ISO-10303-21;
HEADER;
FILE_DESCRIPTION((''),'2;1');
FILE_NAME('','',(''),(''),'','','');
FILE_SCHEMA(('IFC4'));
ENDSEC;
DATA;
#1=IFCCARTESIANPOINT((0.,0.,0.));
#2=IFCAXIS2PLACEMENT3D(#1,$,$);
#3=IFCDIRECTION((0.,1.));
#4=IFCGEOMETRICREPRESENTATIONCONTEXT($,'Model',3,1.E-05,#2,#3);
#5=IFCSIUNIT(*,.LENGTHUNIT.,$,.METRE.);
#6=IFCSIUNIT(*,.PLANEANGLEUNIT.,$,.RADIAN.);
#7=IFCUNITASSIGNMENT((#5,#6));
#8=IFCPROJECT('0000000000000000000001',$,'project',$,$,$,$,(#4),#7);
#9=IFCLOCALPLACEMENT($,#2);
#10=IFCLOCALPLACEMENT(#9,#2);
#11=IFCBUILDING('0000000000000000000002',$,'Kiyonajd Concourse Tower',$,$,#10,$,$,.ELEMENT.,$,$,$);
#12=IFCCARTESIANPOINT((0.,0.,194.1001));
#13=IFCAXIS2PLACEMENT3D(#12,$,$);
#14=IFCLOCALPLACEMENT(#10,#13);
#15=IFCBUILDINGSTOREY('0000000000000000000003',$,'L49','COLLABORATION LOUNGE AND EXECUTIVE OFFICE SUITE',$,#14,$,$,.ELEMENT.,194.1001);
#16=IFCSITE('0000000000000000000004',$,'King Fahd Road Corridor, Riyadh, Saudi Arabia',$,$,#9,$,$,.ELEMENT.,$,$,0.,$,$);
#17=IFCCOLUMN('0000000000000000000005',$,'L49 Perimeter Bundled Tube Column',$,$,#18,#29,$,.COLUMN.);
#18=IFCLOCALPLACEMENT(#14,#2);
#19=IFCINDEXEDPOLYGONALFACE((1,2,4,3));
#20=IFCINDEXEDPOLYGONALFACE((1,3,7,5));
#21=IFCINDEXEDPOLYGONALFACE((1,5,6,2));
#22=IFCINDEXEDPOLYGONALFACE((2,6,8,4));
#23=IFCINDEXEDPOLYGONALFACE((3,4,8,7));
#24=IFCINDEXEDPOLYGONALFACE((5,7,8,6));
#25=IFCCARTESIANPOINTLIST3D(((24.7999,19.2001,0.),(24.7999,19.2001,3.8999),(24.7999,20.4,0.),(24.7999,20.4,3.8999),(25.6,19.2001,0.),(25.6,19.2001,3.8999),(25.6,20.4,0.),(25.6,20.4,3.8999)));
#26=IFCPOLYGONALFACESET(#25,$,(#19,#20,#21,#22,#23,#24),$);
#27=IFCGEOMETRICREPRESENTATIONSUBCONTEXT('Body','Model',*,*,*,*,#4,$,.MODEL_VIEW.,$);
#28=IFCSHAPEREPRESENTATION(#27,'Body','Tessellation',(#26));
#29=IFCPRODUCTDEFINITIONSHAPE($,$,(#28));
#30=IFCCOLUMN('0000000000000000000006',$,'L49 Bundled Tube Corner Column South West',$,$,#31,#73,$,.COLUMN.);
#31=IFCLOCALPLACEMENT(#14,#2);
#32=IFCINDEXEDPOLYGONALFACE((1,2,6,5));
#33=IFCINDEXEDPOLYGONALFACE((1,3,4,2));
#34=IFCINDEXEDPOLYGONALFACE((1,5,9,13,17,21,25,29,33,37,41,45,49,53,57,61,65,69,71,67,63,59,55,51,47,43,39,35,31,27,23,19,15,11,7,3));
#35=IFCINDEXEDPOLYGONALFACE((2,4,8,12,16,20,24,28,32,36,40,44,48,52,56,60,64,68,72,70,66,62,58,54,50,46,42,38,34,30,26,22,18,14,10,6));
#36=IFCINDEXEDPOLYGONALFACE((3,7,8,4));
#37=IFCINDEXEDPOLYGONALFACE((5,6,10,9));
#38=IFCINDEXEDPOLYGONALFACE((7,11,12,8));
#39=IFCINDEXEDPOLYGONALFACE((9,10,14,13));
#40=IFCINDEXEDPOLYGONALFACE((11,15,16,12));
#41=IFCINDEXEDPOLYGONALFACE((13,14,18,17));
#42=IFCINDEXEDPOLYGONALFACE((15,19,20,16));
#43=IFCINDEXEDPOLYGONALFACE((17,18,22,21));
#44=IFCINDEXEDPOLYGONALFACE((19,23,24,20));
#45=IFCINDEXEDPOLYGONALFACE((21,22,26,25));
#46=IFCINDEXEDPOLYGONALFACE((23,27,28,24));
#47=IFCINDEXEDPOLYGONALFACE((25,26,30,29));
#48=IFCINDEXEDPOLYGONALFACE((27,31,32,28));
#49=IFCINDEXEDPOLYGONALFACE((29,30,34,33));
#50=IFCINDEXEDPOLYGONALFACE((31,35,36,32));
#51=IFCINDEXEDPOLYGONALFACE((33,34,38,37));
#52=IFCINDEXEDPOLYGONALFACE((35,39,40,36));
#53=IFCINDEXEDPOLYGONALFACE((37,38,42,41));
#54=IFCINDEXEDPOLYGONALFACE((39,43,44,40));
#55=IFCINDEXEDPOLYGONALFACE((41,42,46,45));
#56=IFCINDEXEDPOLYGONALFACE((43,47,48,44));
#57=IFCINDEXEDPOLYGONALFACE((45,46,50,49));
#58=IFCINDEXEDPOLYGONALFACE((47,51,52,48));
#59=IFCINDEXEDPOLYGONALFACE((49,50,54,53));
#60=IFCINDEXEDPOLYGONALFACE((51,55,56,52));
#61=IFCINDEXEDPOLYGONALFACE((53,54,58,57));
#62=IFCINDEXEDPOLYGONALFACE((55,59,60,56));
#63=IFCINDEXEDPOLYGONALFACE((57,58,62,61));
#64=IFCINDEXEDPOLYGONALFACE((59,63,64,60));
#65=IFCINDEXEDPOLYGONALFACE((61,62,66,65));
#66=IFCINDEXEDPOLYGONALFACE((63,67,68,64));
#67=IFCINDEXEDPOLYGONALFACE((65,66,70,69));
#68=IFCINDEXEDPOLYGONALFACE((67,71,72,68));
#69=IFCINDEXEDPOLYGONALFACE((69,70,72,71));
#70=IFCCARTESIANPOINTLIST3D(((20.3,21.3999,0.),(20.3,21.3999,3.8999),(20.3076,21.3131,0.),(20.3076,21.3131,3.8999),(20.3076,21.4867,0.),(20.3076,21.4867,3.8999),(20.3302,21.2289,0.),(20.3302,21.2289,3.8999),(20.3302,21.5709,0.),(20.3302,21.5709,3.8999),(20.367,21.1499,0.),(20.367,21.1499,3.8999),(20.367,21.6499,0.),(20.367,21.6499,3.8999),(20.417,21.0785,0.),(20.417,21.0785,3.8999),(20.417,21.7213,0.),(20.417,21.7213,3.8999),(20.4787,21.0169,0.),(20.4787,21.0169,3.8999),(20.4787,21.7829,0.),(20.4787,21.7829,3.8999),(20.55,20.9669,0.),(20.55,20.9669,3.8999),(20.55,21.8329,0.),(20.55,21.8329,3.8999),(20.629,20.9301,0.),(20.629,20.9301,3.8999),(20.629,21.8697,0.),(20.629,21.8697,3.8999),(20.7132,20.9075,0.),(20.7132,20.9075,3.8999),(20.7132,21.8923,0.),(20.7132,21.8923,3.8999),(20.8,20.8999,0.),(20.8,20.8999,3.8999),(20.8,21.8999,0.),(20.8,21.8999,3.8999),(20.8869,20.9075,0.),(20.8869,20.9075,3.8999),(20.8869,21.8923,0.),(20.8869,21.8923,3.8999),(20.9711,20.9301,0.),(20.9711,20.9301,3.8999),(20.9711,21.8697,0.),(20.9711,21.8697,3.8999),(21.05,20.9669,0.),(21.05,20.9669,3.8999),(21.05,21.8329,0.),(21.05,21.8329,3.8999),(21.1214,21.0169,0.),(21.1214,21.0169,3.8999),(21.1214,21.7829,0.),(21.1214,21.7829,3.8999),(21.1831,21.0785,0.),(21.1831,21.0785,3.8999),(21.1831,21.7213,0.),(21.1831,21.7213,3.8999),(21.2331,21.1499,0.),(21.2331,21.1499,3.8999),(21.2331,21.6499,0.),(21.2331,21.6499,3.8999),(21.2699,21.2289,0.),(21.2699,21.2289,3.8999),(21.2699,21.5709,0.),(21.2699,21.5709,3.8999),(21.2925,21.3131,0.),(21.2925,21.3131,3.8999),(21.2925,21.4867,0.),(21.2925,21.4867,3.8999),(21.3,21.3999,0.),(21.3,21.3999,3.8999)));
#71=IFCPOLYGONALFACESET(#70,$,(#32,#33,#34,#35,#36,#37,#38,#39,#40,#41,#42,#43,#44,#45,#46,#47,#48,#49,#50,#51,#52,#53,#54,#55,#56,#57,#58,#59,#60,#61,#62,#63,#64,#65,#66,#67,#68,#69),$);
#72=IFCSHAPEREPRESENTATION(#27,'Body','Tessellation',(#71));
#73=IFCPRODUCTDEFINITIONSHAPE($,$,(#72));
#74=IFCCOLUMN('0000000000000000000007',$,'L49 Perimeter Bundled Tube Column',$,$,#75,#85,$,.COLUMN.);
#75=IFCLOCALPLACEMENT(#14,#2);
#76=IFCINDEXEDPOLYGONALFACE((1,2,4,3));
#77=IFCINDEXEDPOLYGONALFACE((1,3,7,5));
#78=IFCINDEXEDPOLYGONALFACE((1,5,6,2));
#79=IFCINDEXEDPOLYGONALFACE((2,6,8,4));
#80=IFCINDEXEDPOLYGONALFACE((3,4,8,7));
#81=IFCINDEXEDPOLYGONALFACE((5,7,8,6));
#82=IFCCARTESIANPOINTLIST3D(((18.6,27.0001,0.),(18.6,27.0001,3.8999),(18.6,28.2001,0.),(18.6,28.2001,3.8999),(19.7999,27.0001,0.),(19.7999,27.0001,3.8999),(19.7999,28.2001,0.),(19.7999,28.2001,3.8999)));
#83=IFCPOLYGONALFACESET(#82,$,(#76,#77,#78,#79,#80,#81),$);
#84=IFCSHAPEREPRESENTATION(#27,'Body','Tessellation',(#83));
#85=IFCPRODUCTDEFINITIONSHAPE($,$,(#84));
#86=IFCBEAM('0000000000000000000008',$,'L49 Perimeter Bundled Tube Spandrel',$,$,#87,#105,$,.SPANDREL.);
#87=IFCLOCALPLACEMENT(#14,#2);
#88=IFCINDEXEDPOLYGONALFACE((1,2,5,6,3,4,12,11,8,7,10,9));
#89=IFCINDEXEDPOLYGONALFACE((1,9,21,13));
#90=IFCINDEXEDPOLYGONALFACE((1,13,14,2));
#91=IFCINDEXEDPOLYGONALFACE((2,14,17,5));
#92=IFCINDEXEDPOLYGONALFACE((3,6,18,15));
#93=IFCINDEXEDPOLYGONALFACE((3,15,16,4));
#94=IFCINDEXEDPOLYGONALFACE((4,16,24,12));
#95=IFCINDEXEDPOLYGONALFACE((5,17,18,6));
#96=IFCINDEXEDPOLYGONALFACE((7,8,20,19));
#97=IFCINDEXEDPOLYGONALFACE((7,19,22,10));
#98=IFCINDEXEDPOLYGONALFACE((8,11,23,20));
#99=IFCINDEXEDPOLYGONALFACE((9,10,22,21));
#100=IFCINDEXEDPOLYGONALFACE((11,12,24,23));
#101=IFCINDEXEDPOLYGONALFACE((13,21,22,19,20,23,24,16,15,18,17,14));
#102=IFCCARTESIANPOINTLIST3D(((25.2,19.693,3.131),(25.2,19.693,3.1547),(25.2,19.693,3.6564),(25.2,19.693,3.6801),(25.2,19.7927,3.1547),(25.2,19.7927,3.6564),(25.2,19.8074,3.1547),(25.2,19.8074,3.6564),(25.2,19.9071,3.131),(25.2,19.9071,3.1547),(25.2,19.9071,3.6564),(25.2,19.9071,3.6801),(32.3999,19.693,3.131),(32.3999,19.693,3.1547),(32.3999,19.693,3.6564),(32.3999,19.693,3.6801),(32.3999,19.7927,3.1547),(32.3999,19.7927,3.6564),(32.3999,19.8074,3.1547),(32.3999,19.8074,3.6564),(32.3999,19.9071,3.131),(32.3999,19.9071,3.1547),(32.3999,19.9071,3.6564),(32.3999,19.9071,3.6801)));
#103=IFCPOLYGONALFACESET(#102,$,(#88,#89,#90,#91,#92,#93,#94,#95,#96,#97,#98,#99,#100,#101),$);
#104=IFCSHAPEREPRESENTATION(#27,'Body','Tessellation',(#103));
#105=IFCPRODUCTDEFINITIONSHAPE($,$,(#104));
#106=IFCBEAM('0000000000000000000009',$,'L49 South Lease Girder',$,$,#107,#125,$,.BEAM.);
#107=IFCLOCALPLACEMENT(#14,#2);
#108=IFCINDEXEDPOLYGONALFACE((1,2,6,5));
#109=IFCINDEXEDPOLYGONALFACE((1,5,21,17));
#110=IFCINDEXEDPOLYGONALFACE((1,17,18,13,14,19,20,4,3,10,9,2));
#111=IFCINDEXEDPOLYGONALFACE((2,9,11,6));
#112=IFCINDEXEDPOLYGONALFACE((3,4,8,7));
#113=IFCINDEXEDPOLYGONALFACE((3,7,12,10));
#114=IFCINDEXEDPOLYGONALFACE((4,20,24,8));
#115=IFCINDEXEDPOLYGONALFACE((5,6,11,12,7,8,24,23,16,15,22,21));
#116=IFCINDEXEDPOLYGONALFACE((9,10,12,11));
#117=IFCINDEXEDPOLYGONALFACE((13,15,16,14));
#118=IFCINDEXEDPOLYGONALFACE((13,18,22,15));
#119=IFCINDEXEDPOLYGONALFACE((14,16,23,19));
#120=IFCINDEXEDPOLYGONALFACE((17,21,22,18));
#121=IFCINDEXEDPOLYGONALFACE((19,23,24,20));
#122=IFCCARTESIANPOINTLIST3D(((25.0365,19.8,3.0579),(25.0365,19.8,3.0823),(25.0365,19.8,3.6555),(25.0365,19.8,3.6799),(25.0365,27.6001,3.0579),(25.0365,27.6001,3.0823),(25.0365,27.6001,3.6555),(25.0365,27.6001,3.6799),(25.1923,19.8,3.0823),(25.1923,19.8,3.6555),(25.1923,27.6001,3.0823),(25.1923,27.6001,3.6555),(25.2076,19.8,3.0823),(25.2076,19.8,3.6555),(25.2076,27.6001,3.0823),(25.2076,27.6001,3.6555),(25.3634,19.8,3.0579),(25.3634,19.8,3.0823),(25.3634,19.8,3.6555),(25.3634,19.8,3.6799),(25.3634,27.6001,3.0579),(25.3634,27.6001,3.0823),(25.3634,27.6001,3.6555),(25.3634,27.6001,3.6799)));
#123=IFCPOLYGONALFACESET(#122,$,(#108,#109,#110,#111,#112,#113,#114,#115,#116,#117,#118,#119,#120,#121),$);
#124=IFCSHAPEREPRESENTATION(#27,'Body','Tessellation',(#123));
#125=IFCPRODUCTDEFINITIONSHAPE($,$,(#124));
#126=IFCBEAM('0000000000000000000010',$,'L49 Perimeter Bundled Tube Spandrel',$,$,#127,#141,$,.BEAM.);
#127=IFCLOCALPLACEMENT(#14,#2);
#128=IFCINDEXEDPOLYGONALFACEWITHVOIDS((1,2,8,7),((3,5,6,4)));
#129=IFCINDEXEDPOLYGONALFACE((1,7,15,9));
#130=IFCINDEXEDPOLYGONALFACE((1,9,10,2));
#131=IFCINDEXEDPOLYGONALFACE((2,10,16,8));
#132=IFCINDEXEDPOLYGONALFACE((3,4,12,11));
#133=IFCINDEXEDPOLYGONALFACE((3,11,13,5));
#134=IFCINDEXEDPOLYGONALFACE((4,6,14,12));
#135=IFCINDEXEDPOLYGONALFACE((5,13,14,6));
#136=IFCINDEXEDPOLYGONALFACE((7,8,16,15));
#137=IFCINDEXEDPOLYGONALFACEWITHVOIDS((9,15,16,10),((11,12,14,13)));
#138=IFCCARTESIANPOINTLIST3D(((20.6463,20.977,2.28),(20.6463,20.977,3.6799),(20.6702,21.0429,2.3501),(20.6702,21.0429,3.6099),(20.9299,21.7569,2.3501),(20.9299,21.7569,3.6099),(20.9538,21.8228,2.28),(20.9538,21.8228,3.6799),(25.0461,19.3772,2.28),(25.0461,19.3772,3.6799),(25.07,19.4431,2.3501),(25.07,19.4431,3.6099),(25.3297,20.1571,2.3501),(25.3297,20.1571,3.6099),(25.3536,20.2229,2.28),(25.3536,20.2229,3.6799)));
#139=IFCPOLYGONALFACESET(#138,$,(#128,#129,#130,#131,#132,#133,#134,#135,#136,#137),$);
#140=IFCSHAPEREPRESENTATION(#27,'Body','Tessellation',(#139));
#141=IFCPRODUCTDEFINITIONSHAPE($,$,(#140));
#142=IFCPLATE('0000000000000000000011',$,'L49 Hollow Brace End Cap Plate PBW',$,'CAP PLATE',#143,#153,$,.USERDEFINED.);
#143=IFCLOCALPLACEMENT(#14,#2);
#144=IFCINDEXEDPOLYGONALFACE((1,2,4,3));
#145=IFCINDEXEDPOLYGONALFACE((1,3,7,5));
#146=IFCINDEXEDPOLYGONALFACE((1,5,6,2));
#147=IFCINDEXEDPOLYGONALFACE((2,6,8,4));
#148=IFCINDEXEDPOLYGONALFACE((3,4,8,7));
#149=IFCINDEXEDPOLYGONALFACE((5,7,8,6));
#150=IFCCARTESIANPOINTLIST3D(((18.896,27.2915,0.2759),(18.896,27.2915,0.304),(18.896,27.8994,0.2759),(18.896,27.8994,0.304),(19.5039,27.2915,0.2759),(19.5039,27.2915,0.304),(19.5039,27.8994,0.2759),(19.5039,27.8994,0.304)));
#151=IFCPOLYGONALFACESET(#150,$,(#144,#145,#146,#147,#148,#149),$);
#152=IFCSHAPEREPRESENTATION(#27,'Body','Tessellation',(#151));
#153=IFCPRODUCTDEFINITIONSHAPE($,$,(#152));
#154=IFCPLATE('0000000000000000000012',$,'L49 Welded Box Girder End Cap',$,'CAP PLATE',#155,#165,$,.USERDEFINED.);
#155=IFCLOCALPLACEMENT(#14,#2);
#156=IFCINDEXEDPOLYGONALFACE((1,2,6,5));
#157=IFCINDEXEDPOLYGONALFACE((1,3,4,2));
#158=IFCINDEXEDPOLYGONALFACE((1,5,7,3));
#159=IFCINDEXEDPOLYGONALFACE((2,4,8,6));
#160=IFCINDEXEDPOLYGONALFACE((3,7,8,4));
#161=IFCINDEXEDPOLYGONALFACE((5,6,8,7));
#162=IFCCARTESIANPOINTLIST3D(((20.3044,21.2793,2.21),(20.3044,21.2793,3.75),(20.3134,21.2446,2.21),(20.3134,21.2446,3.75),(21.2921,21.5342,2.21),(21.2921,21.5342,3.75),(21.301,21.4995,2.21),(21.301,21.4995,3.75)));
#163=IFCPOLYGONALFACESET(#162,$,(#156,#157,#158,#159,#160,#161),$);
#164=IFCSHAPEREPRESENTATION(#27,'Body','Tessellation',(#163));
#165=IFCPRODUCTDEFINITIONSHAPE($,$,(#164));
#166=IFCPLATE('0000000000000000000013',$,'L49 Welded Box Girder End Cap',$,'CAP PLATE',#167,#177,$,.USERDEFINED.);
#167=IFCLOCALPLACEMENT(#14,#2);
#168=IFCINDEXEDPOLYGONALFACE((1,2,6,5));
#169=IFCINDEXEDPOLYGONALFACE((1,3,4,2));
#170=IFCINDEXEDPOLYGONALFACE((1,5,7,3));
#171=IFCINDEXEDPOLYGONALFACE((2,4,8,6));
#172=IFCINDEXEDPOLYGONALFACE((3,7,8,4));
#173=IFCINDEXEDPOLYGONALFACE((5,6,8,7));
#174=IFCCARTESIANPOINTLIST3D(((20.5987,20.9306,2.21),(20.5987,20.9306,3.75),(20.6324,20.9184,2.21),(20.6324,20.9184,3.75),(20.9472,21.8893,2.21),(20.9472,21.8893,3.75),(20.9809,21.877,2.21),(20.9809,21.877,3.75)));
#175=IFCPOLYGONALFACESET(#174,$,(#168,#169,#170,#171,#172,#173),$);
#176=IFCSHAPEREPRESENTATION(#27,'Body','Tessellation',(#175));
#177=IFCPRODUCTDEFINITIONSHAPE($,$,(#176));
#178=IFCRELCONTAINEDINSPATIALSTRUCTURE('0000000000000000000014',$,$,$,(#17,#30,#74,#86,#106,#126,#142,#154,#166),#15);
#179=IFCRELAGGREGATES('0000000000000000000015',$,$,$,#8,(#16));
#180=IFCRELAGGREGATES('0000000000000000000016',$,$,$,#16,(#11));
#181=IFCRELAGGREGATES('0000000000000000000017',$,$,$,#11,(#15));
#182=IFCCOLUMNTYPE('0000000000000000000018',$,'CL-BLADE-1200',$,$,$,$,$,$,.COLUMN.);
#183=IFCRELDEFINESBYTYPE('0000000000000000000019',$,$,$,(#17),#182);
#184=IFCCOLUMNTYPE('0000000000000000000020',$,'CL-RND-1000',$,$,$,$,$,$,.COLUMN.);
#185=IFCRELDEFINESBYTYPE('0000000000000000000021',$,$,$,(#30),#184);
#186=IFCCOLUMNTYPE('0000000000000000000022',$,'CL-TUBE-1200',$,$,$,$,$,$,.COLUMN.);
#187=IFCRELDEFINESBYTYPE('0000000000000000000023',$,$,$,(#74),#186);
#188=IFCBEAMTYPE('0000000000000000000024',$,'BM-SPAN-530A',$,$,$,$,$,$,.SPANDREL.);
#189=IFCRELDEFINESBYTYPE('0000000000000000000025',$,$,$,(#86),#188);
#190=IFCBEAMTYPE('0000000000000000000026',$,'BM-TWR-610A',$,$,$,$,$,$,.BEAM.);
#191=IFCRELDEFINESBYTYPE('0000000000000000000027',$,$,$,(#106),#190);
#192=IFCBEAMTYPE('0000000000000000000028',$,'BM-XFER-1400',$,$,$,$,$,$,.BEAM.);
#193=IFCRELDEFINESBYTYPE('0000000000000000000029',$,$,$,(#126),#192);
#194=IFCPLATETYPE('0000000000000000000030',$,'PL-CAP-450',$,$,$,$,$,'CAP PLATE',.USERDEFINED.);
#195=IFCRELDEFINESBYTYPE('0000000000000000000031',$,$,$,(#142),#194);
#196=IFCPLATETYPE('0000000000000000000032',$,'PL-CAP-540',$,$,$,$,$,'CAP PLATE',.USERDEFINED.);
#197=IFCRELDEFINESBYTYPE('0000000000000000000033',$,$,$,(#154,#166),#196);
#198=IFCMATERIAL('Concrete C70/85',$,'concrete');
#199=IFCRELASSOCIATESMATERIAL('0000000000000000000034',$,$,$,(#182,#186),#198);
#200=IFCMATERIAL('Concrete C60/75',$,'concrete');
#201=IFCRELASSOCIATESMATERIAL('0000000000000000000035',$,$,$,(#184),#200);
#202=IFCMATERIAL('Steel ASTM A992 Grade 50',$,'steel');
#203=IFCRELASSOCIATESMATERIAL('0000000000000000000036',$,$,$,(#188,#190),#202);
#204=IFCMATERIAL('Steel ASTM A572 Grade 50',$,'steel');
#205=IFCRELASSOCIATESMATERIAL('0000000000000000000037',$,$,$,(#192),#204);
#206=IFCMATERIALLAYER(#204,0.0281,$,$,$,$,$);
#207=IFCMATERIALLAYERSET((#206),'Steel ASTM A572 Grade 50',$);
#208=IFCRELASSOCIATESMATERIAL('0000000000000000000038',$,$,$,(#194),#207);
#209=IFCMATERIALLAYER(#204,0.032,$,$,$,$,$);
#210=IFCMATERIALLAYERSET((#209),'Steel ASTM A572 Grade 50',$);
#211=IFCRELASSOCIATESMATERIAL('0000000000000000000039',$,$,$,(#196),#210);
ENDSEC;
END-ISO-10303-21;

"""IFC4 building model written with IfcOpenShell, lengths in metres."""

from ifc_helpers import new_model, si_unit, direction, frame, origin, origin_2d, place, context, subcontext, project, spatial, rectangle, hollow_rectangle, circle, i_section, extrude, material, layer, layer_set, material_profile, profile_set, type_object, element, save


model = new_model("IFC4")

# Units and contexts
model_context = context("Model", 3, precision=1e-05, world=origin(), true_north=direction((0.0, 1.0)))
body_context = subcontext(model_context, "Body", "Model", "MODEL_VIEW")
ifc_project = project(units=[si_unit("LENGTHUNIT", "METRE"), si_unit("PLANEANGLEUNIT", "RADIAN")], contexts=[model_context])

# Site, building, storey
site_placement = place(None, origin())
site = spatial("IfcSite", under=ifc_project, at=site_placement, Name="King Fahd Road Corridor, Riyadh, Saudi Arabia", CompositionType="ELEMENT", RefElevation=0.0)
building_placement = place(site_placement, origin())
building = spatial("IfcBuilding", under=site, at=building_placement, Name="Kiyonajd Concourse Tower", CompositionType="ELEMENT")
storey_placement = place(building_placement, frame((0.0, 0.0, 194.1001)))
storey = spatial("IfcBuildingStorey", under=building, at=storey_placement, Name="L49", Description="COLLABORATION LOUNGE AND EXECUTIVE OFFICE SUITE", CompositionType="ELEMENT", Elevation=194.1001)

# Columns
ifc_material_1 = material(Name="Concrete C70/85", Category="concrete")
ifc_material_profile_1 = material_profile(ifc_material_1, rectangle(XDim=0.8, YDim=1.2, at=origin_2d()), Name="RC-1200x800")
ifc_profile_set_1 = profile_set([ifc_material_profile_1], Name="Concrete C70/85")
column_type_1 = type_object("IfcColumnType", Name="CL-BLADE-1200", PredefinedType="COLUMN", material=ifc_profile_set_1)
column_1_placement = place(storey_placement, frame((25.2, 19.8, 0.0), z_axis=(0.0, 0.0, 1.0), x_axis=(1.0, 0.0, 0.0)))
element("IfcColumn", 1, at=column_1_placement, inside=storey, type_object=column_type_1, Name="L49 Perimeter Bundled Tube Column", PredefinedType="COLUMN", context=body_context, shape_type="SweptSolid", body=[
    extrude(rectangle(XDim=0.8, YDim=1.2, at=origin_2d()), origin(), (0.0, 0.0, 1.0), 3.8999),
])
ifc_material_2 = material(Name="Concrete C60/75", Category="concrete")
ifc_material_profile_2 = material_profile(ifc_material_2, circle(Radius=0.5, at=origin_2d()), Name="RCC-D1000")
ifc_profile_set_2 = profile_set([ifc_material_profile_2], Name="Concrete C60/75")
column_type_2 = type_object("IfcColumnType", Name="CL-RND-1000", PredefinedType="COLUMN", material=ifc_profile_set_2)
column_2_placement = place(storey_placement, frame((20.8, 21.3999, 0.0), z_axis=(0.0, 0.0, 1.0), x_axis=(1.0, 0.0, 0.0)))
element("IfcColumn", 2, at=column_2_placement, inside=storey, type_object=column_type_2, Name="L49 Bundled Tube Corner Column South West", PredefinedType="COLUMN", context=body_context, shape_type="SweptSolid", body=[
    extrude(circle(Radius=0.5, at=origin_2d()), origin(), (0.0, 0.0, 1.0), 3.8999),
])
ifc_material_profile_3 = material_profile(ifc_material_1, rectangle(XDim=1.2, YDim=1.2, at=origin_2d()), Name="RC-1200x1200")
ifc_profile_set_3 = profile_set([ifc_material_profile_3], Name="Concrete C70/85")
column_type_3 = type_object("IfcColumnType", Name="CL-TUBE-1200", PredefinedType="COLUMN", material=ifc_profile_set_3)
column_3_placement = place(storey_placement, frame((19.2, 27.6001, 0.0), z_axis=(0.0, 0.0, 1.0), x_axis=(1.0, 0.0, 0.0)))
element("IfcColumn", 3, at=column_3_placement, inside=storey, type_object=column_type_3, Name="L49 Perimeter Bundled Tube Column", PredefinedType="COLUMN", context=body_context, shape_type="SweptSolid", body=[
    extrude(rectangle(XDim=1.2, YDim=1.2, at=origin_2d()), origin(), (0.0, 0.0, 1.0), 3.8999),
])

# Beams
ifc_material_3 = material(Name="Steel ASTM A992 Grade 50", Category="steel")
ifc_material_profile_4 = material_profile(ifc_material_3, i_section(OverallWidth=0.2141, OverallDepth=0.5491, WebThickness=0.0146, FlangeThickness=0.0237, at=origin_2d()), Name="W530X138")
ifc_profile_set_4 = profile_set([ifc_material_profile_4], Name="Steel ASTM A992 Grade 50")
beam_type_1 = type_object("IfcBeamType", Name="BM-SPAN-530A", PredefinedType="SPANDREL", material=ifc_profile_set_4)
beam_1_placement = place(storey_placement, frame((25.2, 19.8, 3.4055), z_axis=(1.0, 0.0, 0.0), x_axis=(0.0, 1.0, 0.0)))
element("IfcBeam", 4, at=beam_1_placement, inside=storey, type_object=beam_type_1, Name="L49 Perimeter Bundled Tube Spandrel", PredefinedType="SPANDREL", context=body_context, shape_type="SweptSolid", body=[
    extrude(i_section(OverallWidth=0.2141, OverallDepth=0.5491, WebThickness=0.0146, FlangeThickness=0.0237, at=origin_2d()), origin(), (0.0, 0.0, 1.0), 7.2),
])
ifc_material_profile_5 = material_profile(ifc_material_3, i_section(OverallWidth=0.3269, OverallDepth=0.6221, WebThickness=0.0154, FlangeThickness=0.0244, at=origin_2d()), Name="W610X195")
ifc_profile_set_5 = profile_set([ifc_material_profile_5], Name="Steel ASTM A992 Grade 50")
beam_type_2 = type_object("IfcBeamType", Name="BM-TWR-610A", PredefinedType="BEAM", material=ifc_profile_set_5)
beam_2_placement = place(storey_placement, frame((25.2, 19.8, 3.3689), z_axis=(0.0, 1.0, 0.0), x_axis=(-1.0, 0.0, 0.0)))
element("IfcBeam", 5, at=beam_2_placement, inside=storey, type_object=beam_type_2, Name="L49 South Lease Girder", PredefinedType="BEAM", context=body_context, shape_type="SweptSolid", body=[
    extrude(i_section(OverallWidth=0.3269, OverallDepth=0.6221, WebThickness=0.0154, FlangeThickness=0.0244, at=origin_2d()), origin(), (0.0, 0.0, 1.0), 7.8),
])
ifc_material_4 = material(Name="Steel ASTM A572 Grade 50", Category="steel")
ifc_material_profile_6 = material_profile(ifc_material_4, hollow_rectangle(XDim=0.8999, YDim=1.3999, WallThickness=0.0701, at=origin_2d()), Name="BOX-1400x900x70")
ifc_profile_set_6 = profile_set([ifc_material_profile_6], Name="Steel ASTM A572 Grade 50")
beam_type_3 = type_object("IfcBeamType", Name="BM-XFER-1400", PredefinedType="BEAM", material=ifc_profile_set_6)
beam_3_placement = place(storey_placement, frame((20.8, 21.3999, 2.98), z_axis=(0.939801, -0.341722, 0.0), x_axis=(0.341722, 0.939801, 0.0)))
element("IfcBeam", 6, at=beam_3_placement, inside=storey, type_object=beam_type_3, Name="L49 Perimeter Bundled Tube Spandrel", PredefinedType="BEAM", context=body_context, shape_type="SweptSolid", body=[
    extrude(hollow_rectangle(XDim=0.8999, YDim=1.3999, WallThickness=0.0701, at=origin_2d()), origin(), (0.0, 0.0, 1.0), 4.6816),
])

# Plates
ifc_layer_1 = layer(ifc_material_4, 0.0281)
ifc_layer_set_1 = layer_set([ifc_layer_1], Name="Steel ASTM A572 Grade 50")
plate_type_1 = type_object("IfcPlateType", Name="PL-CAP-450", ElementType="CAP PLATE", PredefinedType="USERDEFINED", material=ifc_layer_set_1)
plate_placement = place(storey_placement, frame((19.2, 27.5955, 0.2759), z_axis=(0.0, 0.0, 1.0), x_axis=(1.0, 0.0, 0.0)))
element("IfcPlate", 7, at=plate_placement, inside=storey, type_object=plate_type_1, Name="L49 Hollow Brace End Cap Plate PBW", ObjectType="CAP PLATE", PredefinedType="USERDEFINED", context=body_context, shape_type="SweptSolid", body=[
    extrude(rectangle(XDim=0.6079, YDim=0.6079, at=origin_2d()), origin(), (0.0, 0.0, 1.0), 0.0281),
])
ifc_layer_2 = layer(ifc_material_4, 0.032)
ifc_layer_set_2 = layer_set([ifc_layer_2], Name="Steel ASTM A572 Grade 50")
plate_type_2 = type_object("IfcPlateType", Name="PL-CAP-540", ElementType="CAP PLATE", PredefinedType="USERDEFINED", material=ifc_layer_set_2)
for number, where, z_axis, x_axis, name in (
    (8, (20.8027, 21.3894, 2.21), (0.0, 0.0, 1.0), (0.249873, -0.968279, 0.0), "L49 Welded Box Girder End Cap"),
    (9, (20.7898, 21.4038, 2.21), (0.0, 0.0, 1.0), (-0.939812, 0.341692, 0.0), "L49 Welded Box Girder End Cap"),
):
    element("IfcPlate", number, at=place(storey_placement, frame(where, z_axis=z_axis, x_axis=x_axis)), inside=storey, type_object=plate_type_2, Name=name, ObjectType="CAP PLATE", PredefinedType="USERDEFINED", context=body_context, shape_type="SweptSolid", body=[
        extrude(rectangle(XDim=0.0359, YDim=1.02, at=origin_2d()), origin(), (0.0, 0.0, 1.0), 1.54),
    ])

save(model, "model.ifc")
